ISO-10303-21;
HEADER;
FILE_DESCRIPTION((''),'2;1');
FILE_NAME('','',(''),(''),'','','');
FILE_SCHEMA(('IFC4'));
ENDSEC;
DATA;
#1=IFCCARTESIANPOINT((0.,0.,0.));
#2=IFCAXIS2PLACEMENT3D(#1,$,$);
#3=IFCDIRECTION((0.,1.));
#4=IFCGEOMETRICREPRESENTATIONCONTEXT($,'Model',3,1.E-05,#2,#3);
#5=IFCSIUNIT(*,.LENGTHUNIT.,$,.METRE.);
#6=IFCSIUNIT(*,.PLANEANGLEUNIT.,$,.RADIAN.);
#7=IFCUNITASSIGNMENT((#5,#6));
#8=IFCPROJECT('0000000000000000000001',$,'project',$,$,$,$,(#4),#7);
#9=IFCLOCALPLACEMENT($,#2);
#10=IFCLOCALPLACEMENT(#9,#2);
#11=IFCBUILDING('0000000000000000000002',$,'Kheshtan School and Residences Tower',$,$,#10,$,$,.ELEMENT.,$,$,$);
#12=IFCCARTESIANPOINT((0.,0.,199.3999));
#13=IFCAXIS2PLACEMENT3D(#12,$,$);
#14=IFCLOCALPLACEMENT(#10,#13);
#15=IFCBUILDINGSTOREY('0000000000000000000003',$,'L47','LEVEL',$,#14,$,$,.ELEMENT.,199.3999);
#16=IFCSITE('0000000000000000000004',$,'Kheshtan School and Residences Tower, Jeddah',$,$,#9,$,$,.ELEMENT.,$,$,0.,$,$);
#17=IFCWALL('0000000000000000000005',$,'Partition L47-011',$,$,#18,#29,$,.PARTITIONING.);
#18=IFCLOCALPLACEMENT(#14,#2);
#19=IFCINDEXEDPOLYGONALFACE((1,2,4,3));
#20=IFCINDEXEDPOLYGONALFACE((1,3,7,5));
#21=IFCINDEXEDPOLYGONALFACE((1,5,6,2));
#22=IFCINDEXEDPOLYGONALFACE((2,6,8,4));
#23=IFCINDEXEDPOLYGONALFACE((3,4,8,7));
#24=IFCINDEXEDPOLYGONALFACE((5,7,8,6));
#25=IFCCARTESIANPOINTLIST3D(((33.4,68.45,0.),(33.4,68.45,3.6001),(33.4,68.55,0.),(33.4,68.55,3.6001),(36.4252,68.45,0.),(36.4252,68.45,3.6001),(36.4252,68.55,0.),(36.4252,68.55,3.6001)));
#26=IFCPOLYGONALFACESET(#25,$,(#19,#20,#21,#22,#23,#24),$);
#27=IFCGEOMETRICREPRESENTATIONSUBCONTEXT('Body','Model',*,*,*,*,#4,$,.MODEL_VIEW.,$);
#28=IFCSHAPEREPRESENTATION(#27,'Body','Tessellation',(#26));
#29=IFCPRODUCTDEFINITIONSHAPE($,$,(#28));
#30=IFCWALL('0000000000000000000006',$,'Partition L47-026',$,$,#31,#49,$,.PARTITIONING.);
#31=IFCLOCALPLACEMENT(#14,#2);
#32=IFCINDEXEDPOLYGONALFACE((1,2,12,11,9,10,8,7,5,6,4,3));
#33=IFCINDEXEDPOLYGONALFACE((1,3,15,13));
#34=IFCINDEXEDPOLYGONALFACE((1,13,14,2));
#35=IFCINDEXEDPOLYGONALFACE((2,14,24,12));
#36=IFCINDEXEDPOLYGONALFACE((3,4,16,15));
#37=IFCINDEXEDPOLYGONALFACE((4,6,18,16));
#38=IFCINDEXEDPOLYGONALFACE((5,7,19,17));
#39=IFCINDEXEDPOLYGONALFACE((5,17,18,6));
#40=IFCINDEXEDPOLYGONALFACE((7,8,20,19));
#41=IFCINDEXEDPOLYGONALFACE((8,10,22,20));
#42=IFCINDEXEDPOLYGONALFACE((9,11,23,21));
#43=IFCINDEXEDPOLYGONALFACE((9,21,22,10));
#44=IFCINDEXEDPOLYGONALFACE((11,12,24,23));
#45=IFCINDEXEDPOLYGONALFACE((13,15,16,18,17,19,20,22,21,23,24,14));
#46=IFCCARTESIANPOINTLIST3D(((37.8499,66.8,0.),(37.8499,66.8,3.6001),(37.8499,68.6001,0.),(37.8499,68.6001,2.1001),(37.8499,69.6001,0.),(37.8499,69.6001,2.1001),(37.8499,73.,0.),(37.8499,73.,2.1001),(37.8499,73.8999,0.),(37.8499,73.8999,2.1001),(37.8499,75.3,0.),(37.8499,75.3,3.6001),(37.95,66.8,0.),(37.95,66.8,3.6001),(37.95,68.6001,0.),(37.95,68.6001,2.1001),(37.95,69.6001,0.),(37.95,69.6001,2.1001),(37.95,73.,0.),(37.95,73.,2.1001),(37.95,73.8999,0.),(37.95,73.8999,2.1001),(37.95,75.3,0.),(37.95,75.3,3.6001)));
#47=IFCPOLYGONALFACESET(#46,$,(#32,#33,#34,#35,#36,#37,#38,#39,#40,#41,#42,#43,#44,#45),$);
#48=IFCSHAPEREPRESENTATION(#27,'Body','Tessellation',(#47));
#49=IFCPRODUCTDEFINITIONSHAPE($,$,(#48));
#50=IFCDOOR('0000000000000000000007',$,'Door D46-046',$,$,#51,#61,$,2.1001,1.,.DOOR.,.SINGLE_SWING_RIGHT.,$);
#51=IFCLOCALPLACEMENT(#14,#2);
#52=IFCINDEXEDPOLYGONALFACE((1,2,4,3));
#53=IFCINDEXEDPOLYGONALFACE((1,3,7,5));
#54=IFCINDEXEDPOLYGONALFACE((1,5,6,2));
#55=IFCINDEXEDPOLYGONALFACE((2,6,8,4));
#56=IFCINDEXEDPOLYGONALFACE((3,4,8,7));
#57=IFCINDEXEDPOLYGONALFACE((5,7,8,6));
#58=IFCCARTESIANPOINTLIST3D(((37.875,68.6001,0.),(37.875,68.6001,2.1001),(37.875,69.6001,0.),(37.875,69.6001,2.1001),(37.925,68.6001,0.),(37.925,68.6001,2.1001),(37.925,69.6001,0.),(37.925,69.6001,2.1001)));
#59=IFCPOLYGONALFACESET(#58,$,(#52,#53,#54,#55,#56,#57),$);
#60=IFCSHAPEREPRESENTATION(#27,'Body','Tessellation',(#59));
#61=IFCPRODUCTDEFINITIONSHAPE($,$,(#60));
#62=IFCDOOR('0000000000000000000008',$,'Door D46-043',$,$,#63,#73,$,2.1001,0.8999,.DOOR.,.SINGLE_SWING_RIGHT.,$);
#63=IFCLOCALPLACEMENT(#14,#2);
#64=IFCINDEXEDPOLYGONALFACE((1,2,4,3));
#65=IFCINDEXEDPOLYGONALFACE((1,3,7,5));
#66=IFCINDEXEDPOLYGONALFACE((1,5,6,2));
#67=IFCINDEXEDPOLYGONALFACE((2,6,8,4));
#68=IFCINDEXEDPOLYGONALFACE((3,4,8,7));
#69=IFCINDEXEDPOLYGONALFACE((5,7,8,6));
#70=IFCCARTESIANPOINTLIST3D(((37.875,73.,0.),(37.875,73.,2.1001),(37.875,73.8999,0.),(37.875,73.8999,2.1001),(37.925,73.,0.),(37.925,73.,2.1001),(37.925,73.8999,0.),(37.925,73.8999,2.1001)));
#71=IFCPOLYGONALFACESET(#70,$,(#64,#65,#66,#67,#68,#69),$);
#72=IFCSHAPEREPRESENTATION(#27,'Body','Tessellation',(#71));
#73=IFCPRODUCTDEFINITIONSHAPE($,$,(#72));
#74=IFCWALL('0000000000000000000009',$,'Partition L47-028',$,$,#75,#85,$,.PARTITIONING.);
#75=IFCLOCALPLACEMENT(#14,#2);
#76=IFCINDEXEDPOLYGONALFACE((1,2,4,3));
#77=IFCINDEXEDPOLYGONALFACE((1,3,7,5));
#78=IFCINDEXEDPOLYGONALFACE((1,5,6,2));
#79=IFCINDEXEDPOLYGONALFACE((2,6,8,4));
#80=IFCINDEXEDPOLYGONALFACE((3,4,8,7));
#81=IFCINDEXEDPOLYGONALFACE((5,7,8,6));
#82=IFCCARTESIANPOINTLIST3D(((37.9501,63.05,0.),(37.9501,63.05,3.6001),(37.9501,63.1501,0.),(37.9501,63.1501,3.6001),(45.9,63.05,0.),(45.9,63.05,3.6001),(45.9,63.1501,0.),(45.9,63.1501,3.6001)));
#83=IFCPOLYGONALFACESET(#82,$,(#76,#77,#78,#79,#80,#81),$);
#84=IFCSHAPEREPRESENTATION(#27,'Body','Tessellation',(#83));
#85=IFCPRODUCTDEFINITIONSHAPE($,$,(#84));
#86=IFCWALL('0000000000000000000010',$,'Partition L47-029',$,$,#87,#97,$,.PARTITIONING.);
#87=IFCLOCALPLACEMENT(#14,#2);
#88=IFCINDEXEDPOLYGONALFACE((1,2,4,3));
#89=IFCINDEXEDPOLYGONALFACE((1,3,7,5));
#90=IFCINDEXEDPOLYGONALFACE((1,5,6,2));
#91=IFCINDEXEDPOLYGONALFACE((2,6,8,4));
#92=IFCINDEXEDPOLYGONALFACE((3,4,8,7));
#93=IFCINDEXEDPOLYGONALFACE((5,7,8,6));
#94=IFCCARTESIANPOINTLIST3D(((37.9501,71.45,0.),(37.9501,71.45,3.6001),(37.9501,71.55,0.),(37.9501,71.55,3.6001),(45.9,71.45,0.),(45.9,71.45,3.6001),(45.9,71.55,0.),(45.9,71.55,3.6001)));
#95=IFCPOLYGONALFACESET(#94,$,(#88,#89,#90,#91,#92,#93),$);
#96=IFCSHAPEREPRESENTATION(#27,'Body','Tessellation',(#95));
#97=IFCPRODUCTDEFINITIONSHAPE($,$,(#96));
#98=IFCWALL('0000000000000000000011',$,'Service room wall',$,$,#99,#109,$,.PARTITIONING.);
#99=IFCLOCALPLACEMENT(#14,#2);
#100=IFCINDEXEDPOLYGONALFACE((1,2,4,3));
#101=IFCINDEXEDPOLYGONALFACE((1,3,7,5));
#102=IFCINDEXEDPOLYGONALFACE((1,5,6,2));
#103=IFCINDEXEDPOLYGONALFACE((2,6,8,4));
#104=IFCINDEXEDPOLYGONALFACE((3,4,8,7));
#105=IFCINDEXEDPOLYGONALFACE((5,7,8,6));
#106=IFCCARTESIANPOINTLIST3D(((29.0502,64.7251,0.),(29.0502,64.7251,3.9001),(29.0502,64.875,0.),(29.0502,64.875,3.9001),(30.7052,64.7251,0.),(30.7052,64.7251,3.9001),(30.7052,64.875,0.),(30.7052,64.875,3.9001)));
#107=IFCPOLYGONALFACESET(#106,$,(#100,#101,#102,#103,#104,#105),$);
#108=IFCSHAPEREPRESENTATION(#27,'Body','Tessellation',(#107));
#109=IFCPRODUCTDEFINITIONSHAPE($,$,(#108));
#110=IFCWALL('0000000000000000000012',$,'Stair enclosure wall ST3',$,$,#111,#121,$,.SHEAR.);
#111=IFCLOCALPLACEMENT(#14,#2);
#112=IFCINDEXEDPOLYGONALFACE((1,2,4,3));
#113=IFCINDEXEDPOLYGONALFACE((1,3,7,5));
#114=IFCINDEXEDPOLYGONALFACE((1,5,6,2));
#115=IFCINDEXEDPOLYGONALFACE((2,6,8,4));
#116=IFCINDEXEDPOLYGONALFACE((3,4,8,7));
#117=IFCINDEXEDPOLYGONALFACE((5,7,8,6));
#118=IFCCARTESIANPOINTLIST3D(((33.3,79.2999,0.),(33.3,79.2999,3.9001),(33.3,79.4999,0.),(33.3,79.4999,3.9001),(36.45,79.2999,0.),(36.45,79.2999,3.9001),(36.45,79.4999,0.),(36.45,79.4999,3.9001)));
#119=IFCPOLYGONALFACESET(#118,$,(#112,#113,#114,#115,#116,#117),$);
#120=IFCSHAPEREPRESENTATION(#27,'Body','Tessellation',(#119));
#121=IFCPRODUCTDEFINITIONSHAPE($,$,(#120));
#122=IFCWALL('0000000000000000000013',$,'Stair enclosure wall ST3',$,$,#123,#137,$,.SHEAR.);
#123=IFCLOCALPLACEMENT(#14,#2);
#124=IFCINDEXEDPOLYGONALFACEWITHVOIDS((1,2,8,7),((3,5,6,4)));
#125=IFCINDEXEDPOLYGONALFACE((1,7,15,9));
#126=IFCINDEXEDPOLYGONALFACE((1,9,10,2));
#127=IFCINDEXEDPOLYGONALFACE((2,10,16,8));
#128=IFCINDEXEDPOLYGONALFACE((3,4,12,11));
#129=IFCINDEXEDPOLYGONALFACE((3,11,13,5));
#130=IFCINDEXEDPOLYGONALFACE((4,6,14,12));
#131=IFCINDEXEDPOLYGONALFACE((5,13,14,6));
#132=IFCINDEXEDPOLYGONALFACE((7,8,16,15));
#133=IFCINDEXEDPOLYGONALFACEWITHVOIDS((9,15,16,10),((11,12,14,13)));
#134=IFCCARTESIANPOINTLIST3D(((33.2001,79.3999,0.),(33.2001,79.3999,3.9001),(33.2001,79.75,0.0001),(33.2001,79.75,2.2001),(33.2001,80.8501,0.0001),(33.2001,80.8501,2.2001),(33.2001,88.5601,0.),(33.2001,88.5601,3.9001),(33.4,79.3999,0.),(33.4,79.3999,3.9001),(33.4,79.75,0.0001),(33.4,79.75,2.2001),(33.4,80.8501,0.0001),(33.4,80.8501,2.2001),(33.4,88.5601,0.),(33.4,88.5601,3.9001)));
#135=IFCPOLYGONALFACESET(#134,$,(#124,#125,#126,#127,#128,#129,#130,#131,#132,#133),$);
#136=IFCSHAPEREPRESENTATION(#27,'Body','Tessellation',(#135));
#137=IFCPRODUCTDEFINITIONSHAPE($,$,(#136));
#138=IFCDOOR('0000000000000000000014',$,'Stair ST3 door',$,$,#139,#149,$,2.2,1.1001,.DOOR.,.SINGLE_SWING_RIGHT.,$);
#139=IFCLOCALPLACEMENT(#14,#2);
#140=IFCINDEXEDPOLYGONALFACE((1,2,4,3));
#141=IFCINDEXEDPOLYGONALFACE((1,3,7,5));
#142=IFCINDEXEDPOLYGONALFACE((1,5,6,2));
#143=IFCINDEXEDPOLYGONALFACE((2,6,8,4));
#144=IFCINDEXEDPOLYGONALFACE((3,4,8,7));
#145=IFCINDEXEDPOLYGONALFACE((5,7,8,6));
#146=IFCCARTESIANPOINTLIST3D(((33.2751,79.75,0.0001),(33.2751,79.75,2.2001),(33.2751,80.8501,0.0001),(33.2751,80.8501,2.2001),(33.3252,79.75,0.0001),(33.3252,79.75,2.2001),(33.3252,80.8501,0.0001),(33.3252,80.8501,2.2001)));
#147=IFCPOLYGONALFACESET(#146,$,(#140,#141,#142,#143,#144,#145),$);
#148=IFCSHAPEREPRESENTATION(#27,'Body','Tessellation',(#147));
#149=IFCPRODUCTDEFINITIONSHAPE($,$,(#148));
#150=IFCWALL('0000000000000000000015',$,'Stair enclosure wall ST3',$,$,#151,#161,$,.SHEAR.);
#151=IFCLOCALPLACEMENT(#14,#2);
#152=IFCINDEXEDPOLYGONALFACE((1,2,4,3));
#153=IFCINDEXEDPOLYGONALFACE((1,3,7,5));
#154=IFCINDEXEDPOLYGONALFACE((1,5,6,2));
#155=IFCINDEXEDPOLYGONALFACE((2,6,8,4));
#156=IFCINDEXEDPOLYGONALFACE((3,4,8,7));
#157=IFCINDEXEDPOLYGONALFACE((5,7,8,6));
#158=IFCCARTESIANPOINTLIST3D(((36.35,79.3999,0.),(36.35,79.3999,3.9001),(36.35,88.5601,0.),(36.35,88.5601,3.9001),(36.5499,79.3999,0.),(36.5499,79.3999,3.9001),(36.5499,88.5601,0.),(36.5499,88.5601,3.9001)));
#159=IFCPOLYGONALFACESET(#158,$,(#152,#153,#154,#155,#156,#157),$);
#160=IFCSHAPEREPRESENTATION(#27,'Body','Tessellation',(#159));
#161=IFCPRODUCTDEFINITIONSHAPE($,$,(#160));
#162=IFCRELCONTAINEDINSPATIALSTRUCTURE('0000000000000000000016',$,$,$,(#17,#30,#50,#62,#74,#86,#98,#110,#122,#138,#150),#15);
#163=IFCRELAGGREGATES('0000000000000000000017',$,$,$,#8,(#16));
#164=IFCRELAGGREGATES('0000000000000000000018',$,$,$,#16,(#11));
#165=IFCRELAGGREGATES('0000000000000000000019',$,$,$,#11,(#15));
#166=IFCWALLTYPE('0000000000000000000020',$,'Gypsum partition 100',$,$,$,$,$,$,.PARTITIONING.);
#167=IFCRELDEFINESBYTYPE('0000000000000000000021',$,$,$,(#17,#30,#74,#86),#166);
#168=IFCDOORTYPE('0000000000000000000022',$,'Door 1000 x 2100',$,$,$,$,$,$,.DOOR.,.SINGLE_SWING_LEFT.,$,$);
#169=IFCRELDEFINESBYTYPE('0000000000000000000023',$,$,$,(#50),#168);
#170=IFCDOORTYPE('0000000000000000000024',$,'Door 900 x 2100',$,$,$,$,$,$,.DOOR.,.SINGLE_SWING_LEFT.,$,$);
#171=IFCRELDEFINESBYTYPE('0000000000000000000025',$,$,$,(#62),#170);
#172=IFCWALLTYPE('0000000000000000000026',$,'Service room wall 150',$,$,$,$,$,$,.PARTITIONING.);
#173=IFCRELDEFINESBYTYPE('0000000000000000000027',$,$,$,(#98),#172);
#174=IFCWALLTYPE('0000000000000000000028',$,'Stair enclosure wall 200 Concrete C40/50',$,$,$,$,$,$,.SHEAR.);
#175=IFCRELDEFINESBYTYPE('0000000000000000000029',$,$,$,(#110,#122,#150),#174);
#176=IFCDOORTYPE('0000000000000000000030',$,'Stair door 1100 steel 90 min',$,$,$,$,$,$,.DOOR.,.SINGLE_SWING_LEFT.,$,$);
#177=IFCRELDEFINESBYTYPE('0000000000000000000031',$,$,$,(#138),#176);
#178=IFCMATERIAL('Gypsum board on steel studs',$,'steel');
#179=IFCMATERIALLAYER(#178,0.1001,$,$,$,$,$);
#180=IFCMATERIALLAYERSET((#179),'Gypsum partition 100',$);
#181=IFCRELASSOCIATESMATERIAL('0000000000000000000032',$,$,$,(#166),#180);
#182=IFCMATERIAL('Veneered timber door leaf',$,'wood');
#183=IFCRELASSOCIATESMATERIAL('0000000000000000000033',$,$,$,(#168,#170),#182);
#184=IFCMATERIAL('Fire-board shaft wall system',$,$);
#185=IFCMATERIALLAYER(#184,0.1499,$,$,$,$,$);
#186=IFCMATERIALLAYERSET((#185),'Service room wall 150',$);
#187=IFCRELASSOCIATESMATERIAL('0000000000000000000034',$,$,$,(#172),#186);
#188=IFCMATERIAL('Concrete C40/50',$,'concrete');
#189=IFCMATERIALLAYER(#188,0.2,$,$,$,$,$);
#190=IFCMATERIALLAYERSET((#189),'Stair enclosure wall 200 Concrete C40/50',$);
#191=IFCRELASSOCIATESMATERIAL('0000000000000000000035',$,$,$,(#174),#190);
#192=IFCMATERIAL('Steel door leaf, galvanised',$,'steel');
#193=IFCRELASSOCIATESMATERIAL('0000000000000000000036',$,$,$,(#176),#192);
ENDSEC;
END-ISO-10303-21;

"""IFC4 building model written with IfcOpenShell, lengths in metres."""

from ifc_helpers import new_model, si_unit, direction, frame, frame_2d, origin, place, context, subcontext, project, spatial, rectangle, extrude, source, transform, mapped, material, layer, layer_set, type_object, element, fill, save


model = new_model("IFC4")

# Units and contexts
model_context = context("Model", 3, precision=1e-05, world=origin(), true_north=direction((0.0, 1.0)))
body_context = subcontext(model_context, "Body", "Model", "MODEL_VIEW")
ifc_project = project(units=[si_unit("LENGTHUNIT", "METRE"), si_unit("PLANEANGLEUNIT", "RADIAN")], contexts=[model_context])

# Site, building, storey
site_placement = place(None, origin())
site = spatial("IfcSite", under=ifc_project, at=site_placement, Name="Kheshtan School and Residences Tower, Jeddah", CompositionType="ELEMENT", RefElevation=0.0)
building_placement = place(site_placement, origin())
building = spatial("IfcBuilding", under=site, at=building_placement, Name="Kheshtan School and Residences Tower", CompositionType="ELEMENT")
storey_placement = place(building_placement, frame((0.0, 0.0, 199.3999)))
storey = spatial("IfcBuildingStorey", under=building, at=storey_placement, Name="L47", Description="LEVEL", CompositionType="ELEMENT", Elevation=199.3999)

# Wall
ifc_material_1 = material(Name="Gypsum board on steel studs", Category="steel")
ifc_layer_1 = layer(ifc_material_1, 0.1001)
ifc_layer_set_1 = layer_set([ifc_layer_1], Name="Gypsum partition 100")
wall_type_1 = type_object("IfcWallType", Name="Gypsum partition 100", PredefinedType="PARTITIONING", material=ifc_layer_set_1)
wall_1_placement = place(storey_placement, frame((33.3999, 68.5, 0.0), z_axis=(0.0, 0.0, 1.0), x_axis=(1.0, 0.0, 0.0)))
element("IfcWall", 1, at=wall_1_placement, inside=storey, type_object=wall_type_1, Name="Partition L47-011", PredefinedType="PARTITIONING", context=body_context, shape_type="SweptSolid", body=[
    extrude(rectangle(XDim=3.0251, YDim=0.1001, at=frame_2d((1.5127, 0.0))), origin(), (0.0, 0.0, 1.0), 3.6001),
])

# Wall, openings, doors
wall_2_placement = place(storey_placement, frame((37.8999, 66.8, 0.0), z_axis=(0.0, 0.0, 1.0), x_axis=(0.0, 1.0, 0.0)))
wall_2 = element("IfcWall", 2, at=wall_2_placement, inside=storey, type_object=wall_type_1, Name="Partition L47-026", PredefinedType="PARTITIONING", context=body_context, shape_type="SweptSolid", body=[
    extrude(rectangle(XDim=8.5, YDim=0.1001, at=frame_2d((4.25, 0.0))), origin(), (0.0, 0.0, 1.0), 3.6001),
])
opening_1_placement = place(wall_2_placement, frame((6.2, 0.0, 0.0)))
opening_1 = element("IfcOpeningElement", 3, at=opening_1_placement, cuts=wall_2, PredefinedType="OPENING", context=body_context, shape_type="SweptSolid", body=[
    extrude(rectangle(XDim=0.8999, YDim=2.1001, at=frame_2d((0.45, 1.05))), frame((0.0, 0.0601, 0.0), z_axis=(0.0, -1.0, 0.0), x_axis=(1.0, 0.0, 0.0)), (0.0, 0.0, 1.0), 0.1201),
])
opening_2_placement = place(wall_2_placement, frame((1.8, 0.0, 0.0)))
opening_2 = element("IfcOpeningElement", 4, at=opening_2_placement, cuts=wall_2, PredefinedType="OPENING", context=body_context, shape_type="SweptSolid", body=[
    extrude(rectangle(XDim=1.0, YDim=2.1001, at=frame_2d((0.5, 1.05))), frame((0.0, 0.0601, 0.0), z_axis=(0.0, -1.0, 0.0), x_axis=(1.0, 0.0, 0.0)), (0.0, 0.0, 1.0), 0.1201),
])
ifc_material_2 = material(Name="Veneered timber door leaf", Category="wood")
door_type_1 = type_object("IfcDoorType", Name="Door 1000 x 2100", OperationType="SINGLE_SWING_LEFT", PredefinedType="DOOR", material=ifc_material_2)
shared_shape_1 = source(origin(), body_context, "Body", "SweptSolid", [
    extrude(rectangle(XDim=1.0, YDim=2.1001, at=frame_2d((0.5, 1.05))), frame((0.0, 0.0249, 0.0), z_axis=(0.0, -1.0, 0.0), x_axis=(1.0, 0.0, 0.0)), (0.0, 0.0, 1.0), 0.05),
])
door_1_placement = place(opening_2_placement, origin())
door_1 = element("IfcDoor", 5, at=door_1_placement, inside=storey, type_object=door_type_1, Name="Door D46-046", OperationType="SINGLE_SWING_RIGHT", OverallHeight=2.1001, OverallWidth=1.0, PredefinedType="DOOR", context=body_context, shape_type="MappedRepresentation", body=[
    mapped(shared_shape_1, transform((0.0, 0.0, 0.0), x_axis=(1.0, 0.0, 0.0), y_axis=(0.0, 1.0, 0.0), z_axis=(0.0, 0.0, 1.0), scale=1.0)),
])
fill(opening_2, door_1)
door_type_2 = type_object("IfcDoorType", Name="Door 900 x 2100", OperationType="SINGLE_SWING_LEFT", PredefinedType="DOOR", material=ifc_material_2)
shared_shape_2 = source(origin(), body_context, "Body", "SweptSolid", [
    extrude(rectangle(XDim=0.8999, YDim=2.1001, at=frame_2d((0.45, 1.05))), frame((0.0, 0.0249, 0.0), z_axis=(0.0, -1.0, 0.0), x_axis=(1.0, 0.0, 0.0)), (0.0, 0.0, 1.0), 0.05),
])
door_2_placement = place(opening_1_placement, origin())
door_2 = element("IfcDoor", 6, at=door_2_placement, inside=storey, type_object=door_type_2, Name="Door D46-043", OperationType="SINGLE_SWING_RIGHT", OverallHeight=2.1001, OverallWidth=0.8999, PredefinedType="DOOR", context=body_context, shape_type="MappedRepresentation", body=[
    mapped(shared_shape_2, transform((0.0, 0.0, 0.0), x_axis=(1.0, 0.0, 0.0), y_axis=(0.0, 1.0, 0.0), z_axis=(0.0, 0.0, 1.0), scale=1.0)),
])
fill(opening_1, door_2)

# Walls
for number, where, z_axis, x_axis, name in (
    (7, (37.95, 63.1001, 0.0), (0.0, 0.0, 1.0), (1.0, 0.0, 0.0), "Partition L47-028"),
    (8, (37.95, 71.5, 0.0), (0.0, 0.0, 1.0), (1.0, 0.0, 0.0), "Partition L47-029"),
):
    element("IfcWall", number, at=place(storey_placement, frame(where, z_axis=z_axis, x_axis=x_axis)), inside=storey, type_object=wall_type_1, Name=name, PredefinedType="PARTITIONING", context=body_context, shape_type="SweptSolid", body=[
        extrude(rectangle(XDim=7.95, YDim=0.1001, at=frame_2d((3.9751, 0.0))), origin(), (0.0, 0.0, 1.0), 3.6001),
    ])
ifc_material_3 = material(Name="Fire-board shaft wall system")
ifc_layer_2 = layer(ifc_material_3, 0.1499)
ifc_layer_set_2 = layer_set([ifc_layer_2], Name="Service room wall 150")
wall_type_2 = type_object("IfcWallType", Name="Service room wall 150", PredefinedType="PARTITIONING", material=ifc_layer_set_2)
wall_3_placement = place(storey_placement, frame((29.05, 64.8, 0.0), z_axis=(0.0, 0.0, 1.0), x_axis=(1.0, 0.0, 0.0)))
element("IfcWall", 9, at=wall_3_placement, inside=storey, type_object=wall_type_2, Name="Service room wall", PredefinedType="PARTITIONING", context=body_context, shape_type="SweptSolid", body=[
    extrude(rectangle(XDim=1.655, YDim=0.1499, at=frame_2d((0.8276, 0.0))), origin(), (0.0, 0.0, 1.0), 3.9001),
])
ifc_material_4 = material(Name="Concrete C40/50", Category="concrete")
ifc_layer_3 = layer(ifc_material_4, 0.2)
ifc_layer_set_3 = layer_set([ifc_layer_3], Name="Stair enclosure wall 200 Concrete C40/50")
wall_type_3 = type_object("IfcWallType", Name="Stair enclosure wall 200 Concrete C40/50", PredefinedType="SHEAR", material=ifc_layer_set_3)
wall_4_placement = place(storey_placement, frame((33.3, 79.3999, 0.0), z_axis=(0.0, 0.0, 1.0), x_axis=(1.0, 0.0, 0.0)))
element("IfcWall", 10, at=wall_4_placement, inside=storey, type_object=wall_type_3, Name="Stair enclosure wall ST3", PredefinedType="SHEAR", context=body_context, shape_type="SweptSolid", body=[
    extrude(rectangle(XDim=3.1499, YDim=0.2, at=frame_2d((1.575, 0.0))), origin(), (0.0, 0.0, 1.0), 3.9001),
])

# Wall, opening, door
wall_5_placement = place(storey_placement, frame((33.3, 79.3999, 0.0), z_axis=(0.0, 0.0, 1.0), x_axis=(0.0, 1.0, 0.0)))
wall_5 = element("IfcWall", 11, at=wall_5_placement, inside=storey, type_object=wall_type_3, Name="Stair enclosure wall ST3", PredefinedType="SHEAR", context=body_context, shape_type="SweptSolid", body=[
    extrude(rectangle(XDim=9.1602, YDim=0.2, at=frame_2d((4.5801, 0.0))), origin(), (0.0, 0.0, 1.0), 3.9001),
])
opening_3_placement = place(wall_5_placement, frame((0.3501, 0.0, 0.0)))
opening_3 = element("IfcOpeningElement", 12, at=opening_3_placement, cuts=wall_5, PredefinedType="OPENING", context=body_context, shape_type="SweptSolid", body=[
    extrude(rectangle(XDim=1.1001, YDim=2.2, at=frame_2d((0.55, 1.1001))), frame((0.0, 0.1099, 0.0), z_axis=(0.0, -1.0, 0.0), x_axis=(1.0, 0.0, 0.0)), (0.0, 0.0, 1.0), 0.22),
])
ifc_material_5 = material(Name="Steel door leaf, galvanised", Category="steel")
door_type_3 = type_object("IfcDoorType", Name="Stair door 1100 steel 90 min", OperationType="SINGLE_SWING_LEFT", PredefinedType="DOOR", material=ifc_material_5)
shared_shape_3 = source(origin(), body_context, "Body", "SweptSolid", [
    extrude(rectangle(XDim=1.1001, YDim=2.2, at=frame_2d((0.55, 1.1001))), frame((0.0, 0.0249, 0.0), z_axis=(0.0, -1.0, 0.0), x_axis=(1.0, 0.0, 0.0)), (0.0, 0.0, 1.0), 0.05),
])
door_3_placement = place(opening_3_placement, origin())
door_3 = element("IfcDoor", 13, at=door_3_placement, inside=storey, type_object=door_type_3, Name="Stair ST3 door", OperationType="SINGLE_SWING_RIGHT", OverallHeight=2.2, OverallWidth=1.1001, PredefinedType="DOOR", context=body_context, shape_type="MappedRepresentation", body=[
    mapped(shared_shape_3, transform((0.0, 0.0, 0.0), x_axis=(1.0, 0.0, 0.0), y_axis=(0.0, 1.0, 0.0), z_axis=(0.0, 0.0, 1.0), scale=1.0)),
])
fill(opening_3, door_3)

# Wall
wall_6_placement = place(storey_placement, frame((36.45, 79.3999, 0.0), z_axis=(0.0, 0.0, 1.0), x_axis=(0.0, 1.0, 0.0)))
element("IfcWall", 14, at=wall_6_placement, inside=storey, type_object=wall_type_3, Name="Stair enclosure wall ST3", PredefinedType="SHEAR", context=body_context, shape_type="SweptSolid", body=[
    extrude(rectangle(XDim=9.1602, YDim=0.2, at=frame_2d((4.5801, 0.0))), origin(), (0.0, 0.0, 1.0), 3.9001),
])

save(model, "model.ifc")
